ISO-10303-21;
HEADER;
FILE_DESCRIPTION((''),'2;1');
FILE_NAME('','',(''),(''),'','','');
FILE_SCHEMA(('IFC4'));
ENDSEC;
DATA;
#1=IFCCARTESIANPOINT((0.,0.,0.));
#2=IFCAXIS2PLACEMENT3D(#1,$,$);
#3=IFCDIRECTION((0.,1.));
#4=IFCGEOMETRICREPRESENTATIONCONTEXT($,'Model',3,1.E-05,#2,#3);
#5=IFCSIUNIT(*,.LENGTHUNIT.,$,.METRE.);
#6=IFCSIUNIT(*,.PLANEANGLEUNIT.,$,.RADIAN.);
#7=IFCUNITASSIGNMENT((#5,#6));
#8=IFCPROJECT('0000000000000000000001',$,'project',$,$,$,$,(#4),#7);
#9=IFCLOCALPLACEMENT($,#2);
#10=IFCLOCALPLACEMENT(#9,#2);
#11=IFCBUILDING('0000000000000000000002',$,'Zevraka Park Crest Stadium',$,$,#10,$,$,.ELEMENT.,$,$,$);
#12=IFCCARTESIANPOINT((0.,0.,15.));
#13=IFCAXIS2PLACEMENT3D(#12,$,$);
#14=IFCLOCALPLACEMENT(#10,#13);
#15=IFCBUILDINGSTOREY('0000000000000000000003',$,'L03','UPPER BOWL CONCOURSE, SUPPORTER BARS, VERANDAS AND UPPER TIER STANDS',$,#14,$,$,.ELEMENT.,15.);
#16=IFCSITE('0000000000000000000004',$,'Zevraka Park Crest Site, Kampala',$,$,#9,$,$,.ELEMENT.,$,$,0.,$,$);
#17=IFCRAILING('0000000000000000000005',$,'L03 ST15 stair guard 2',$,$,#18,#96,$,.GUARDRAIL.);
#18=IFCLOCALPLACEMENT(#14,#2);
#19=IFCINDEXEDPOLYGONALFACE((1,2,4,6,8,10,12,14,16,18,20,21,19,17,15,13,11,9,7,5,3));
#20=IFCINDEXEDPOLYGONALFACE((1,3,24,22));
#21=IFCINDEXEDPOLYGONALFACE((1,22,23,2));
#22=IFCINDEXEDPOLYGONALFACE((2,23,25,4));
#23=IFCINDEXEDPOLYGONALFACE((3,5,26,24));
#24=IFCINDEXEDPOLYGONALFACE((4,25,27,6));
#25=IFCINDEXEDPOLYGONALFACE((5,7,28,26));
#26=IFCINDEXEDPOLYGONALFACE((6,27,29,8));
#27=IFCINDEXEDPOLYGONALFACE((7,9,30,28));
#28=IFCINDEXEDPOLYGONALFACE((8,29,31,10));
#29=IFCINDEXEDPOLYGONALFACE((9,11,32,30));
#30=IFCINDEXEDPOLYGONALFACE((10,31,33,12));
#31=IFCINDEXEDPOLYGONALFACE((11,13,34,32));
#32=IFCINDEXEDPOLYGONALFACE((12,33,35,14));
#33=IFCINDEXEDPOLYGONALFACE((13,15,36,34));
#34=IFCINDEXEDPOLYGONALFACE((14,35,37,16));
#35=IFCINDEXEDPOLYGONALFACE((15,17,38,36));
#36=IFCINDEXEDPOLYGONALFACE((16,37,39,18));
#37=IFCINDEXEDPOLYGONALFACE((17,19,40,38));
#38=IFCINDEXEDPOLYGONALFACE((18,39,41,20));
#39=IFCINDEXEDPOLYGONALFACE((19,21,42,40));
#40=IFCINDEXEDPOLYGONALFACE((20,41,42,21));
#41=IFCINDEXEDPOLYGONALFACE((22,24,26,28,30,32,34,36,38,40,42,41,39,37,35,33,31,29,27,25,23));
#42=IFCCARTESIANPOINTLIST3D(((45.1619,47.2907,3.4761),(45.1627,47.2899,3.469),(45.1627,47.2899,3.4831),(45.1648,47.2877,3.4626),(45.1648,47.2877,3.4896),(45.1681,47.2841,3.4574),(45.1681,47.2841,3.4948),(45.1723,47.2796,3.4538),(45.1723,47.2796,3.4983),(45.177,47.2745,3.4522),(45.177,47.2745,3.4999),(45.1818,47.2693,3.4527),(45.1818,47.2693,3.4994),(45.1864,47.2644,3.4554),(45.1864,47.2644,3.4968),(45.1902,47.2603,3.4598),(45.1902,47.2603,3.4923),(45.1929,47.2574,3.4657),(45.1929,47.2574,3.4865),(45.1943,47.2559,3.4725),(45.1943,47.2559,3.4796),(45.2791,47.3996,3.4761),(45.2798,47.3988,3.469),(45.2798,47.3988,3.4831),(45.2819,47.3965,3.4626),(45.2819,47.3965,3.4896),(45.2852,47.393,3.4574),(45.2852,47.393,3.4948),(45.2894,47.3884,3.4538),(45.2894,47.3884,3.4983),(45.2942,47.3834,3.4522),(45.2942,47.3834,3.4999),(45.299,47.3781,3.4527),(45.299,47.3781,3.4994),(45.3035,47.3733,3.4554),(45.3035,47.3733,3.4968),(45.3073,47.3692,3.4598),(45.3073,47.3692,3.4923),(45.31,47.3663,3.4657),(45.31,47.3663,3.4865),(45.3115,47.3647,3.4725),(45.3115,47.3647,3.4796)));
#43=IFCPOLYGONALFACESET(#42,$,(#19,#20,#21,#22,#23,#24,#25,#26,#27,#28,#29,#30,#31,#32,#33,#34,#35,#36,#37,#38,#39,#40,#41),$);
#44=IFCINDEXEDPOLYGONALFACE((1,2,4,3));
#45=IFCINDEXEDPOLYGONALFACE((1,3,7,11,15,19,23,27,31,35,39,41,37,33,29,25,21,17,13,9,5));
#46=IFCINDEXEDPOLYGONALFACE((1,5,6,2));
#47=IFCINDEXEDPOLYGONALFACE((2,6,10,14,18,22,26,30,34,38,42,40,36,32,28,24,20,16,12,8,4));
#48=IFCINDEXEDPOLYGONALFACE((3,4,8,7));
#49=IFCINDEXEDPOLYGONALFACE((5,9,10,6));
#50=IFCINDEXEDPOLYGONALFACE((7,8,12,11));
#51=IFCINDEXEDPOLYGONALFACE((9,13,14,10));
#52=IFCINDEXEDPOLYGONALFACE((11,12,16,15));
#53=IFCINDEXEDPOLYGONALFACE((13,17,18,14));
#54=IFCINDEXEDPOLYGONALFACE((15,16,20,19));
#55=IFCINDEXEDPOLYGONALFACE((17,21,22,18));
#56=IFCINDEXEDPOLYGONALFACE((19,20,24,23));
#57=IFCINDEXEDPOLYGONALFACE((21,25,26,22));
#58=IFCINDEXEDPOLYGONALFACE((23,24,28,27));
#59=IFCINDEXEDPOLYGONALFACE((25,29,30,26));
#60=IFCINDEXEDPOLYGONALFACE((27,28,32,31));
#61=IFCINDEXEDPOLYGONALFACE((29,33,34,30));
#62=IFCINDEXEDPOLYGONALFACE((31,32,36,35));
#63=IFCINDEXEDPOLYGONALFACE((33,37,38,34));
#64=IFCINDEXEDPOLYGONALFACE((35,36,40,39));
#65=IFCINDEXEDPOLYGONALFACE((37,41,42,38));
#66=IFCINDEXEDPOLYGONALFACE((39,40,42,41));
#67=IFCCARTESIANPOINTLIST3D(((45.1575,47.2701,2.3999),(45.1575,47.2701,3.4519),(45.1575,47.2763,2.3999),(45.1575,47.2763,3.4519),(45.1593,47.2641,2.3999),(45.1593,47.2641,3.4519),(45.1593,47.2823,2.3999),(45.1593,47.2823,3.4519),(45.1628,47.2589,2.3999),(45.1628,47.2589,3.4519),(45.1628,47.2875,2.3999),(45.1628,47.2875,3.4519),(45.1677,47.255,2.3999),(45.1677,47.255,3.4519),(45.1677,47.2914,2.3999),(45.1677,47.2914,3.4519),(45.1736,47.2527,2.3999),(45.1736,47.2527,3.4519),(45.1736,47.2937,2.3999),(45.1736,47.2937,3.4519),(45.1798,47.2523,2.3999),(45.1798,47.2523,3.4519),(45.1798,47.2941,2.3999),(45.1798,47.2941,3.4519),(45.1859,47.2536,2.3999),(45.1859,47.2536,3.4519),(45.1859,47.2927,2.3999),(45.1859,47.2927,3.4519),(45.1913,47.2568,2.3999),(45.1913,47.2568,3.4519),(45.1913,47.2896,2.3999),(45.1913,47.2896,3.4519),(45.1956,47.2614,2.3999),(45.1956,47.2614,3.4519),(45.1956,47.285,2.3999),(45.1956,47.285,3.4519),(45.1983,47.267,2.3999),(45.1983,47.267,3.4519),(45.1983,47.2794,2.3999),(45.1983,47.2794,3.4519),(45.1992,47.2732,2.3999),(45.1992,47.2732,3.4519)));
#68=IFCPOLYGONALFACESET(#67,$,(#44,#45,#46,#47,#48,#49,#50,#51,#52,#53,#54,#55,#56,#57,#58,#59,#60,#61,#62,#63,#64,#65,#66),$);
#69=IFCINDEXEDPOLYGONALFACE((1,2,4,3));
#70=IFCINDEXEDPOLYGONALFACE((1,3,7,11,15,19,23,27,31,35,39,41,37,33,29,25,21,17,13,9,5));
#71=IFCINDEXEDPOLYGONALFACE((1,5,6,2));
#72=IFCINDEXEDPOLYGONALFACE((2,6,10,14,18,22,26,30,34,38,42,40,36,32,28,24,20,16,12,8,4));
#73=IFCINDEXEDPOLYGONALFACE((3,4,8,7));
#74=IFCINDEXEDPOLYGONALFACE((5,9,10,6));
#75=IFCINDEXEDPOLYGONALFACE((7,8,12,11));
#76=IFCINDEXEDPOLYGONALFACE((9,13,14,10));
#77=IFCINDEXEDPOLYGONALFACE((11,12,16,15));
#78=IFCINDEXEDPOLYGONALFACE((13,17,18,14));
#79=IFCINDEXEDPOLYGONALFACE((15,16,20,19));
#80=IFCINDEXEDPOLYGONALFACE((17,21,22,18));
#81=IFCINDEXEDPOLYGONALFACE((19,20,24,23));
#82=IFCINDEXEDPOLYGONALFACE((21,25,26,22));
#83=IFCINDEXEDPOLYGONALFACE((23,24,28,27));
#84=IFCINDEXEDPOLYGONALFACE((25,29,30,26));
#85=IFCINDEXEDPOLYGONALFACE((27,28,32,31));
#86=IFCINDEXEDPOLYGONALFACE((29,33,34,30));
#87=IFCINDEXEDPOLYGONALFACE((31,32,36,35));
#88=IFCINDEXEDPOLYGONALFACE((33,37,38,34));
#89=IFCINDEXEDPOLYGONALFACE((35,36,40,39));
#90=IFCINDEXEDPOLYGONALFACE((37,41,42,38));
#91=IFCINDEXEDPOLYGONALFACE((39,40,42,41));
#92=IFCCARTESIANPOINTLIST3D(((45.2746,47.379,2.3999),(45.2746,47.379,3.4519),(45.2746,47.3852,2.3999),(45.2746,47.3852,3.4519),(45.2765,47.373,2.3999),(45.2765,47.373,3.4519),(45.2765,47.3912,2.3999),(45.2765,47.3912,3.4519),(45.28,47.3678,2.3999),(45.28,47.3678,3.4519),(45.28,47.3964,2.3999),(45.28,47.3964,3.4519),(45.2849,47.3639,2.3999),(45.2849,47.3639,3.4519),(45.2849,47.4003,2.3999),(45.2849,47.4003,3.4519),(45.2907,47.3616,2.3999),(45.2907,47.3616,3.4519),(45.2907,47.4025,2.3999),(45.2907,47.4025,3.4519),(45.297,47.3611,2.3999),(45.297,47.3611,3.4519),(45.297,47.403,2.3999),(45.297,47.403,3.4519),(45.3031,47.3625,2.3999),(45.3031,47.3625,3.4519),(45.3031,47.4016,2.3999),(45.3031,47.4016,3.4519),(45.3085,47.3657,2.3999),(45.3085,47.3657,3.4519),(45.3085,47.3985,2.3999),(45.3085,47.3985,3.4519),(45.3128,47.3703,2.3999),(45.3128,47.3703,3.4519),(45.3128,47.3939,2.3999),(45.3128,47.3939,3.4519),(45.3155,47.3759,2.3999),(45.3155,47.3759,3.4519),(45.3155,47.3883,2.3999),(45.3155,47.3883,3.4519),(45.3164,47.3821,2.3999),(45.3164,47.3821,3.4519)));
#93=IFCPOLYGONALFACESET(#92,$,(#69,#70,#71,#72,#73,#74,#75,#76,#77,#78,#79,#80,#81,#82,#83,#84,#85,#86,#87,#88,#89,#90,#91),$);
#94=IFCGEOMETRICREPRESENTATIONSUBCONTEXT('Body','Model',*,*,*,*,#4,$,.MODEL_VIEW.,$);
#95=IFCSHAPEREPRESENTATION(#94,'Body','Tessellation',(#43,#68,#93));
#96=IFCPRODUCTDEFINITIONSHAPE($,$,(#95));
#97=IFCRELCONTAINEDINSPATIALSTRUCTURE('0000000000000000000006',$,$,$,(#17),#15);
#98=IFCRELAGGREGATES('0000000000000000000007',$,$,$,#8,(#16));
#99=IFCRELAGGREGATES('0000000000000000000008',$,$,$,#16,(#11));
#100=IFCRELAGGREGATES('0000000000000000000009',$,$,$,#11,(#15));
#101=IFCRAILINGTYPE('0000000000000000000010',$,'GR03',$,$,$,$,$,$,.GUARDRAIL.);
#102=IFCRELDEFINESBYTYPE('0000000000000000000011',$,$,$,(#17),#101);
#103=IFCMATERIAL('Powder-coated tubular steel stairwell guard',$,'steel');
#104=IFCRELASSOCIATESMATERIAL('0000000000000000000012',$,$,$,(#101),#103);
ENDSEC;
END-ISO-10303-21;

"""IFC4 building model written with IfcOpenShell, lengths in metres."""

from ifc_helpers import new_model, si_unit, direction, frame, origin, origin_2d, place, context, subcontext, project, spatial, circle, extrude, material, type_object, element, save


model = new_model("IFC4")

# Units and contexts
model_context = context("Model", 3, precision=1e-05, world=origin(), true_north=direction((0.0, 1.0)))
body_context = subcontext(model_context, "Body", "Model", "MODEL_VIEW")
ifc_project = project(units=[si_unit("LENGTHUNIT", "METRE"), si_unit("PLANEANGLEUNIT", "RADIAN")], contexts=[model_context])

# Site, building, storey
site_placement = place(None, origin())
site = spatial("IfcSite", under=ifc_project, at=site_placement, Name="Zevraka Park Crest Site, Kampala", CompositionType="ELEMENT", RefElevation=0.0)
building_placement = place(site_placement, origin())
building = spatial("IfcBuilding", under=site, at=building_placement, Name="Zevraka Park Crest Stadium", CompositionType="ELEMENT")
storey_placement = place(building_placement, frame((0.0, 0.0, 15.0)))
storey = spatial("IfcBuildingStorey", under=building, at=storey_placement, Name="L03", Description="UPPER BOWL CONCOURSE, SUPPORTER BARS, VERANDAS AND UPPER TIER STANDS", CompositionType="ELEMENT", Elevation=15.0)

# Railing
ifc_material_1 = material(Name="Powder-coated tubular steel stairwell guard", Category="steel")
railing_type_1 = type_object("IfcRailingType", Name="GR03", PredefinedType="GUARDRAIL", material=ifc_material_1)
railing_1_placement = place(storey_placement, frame((45.1782, 47.2732, 2.3999)))
element("IfcRailing", 1, at=railing_1_placement, inside=storey, type_object=railing_type_1, Name="L03 ST15 stair guard 2", PredefinedType="GUARDRAIL", context=body_context, shape_type="SweptSolid", body=[
    extrude(circle(Radius=0.0239, at=origin_2d()), frame((0.0, 0.0, 1.0762), z_axis=(0.732576, 0.680685, 0.0), x_axis=(-0.680685, 0.732576, 0.0)), (0.0, 0.0, 1.0), 0.1599),
    extrude(circle(Radius=0.021, at=origin_2d()), origin(), (0.0, 0.0, 1.0), 1.052),
    extrude(circle(Radius=0.021, at=origin_2d()), frame((0.1172, 0.1089, 0.0)), (0.0, 0.0, 1.0), 1.052),
])

save(model, "model.ifc")
